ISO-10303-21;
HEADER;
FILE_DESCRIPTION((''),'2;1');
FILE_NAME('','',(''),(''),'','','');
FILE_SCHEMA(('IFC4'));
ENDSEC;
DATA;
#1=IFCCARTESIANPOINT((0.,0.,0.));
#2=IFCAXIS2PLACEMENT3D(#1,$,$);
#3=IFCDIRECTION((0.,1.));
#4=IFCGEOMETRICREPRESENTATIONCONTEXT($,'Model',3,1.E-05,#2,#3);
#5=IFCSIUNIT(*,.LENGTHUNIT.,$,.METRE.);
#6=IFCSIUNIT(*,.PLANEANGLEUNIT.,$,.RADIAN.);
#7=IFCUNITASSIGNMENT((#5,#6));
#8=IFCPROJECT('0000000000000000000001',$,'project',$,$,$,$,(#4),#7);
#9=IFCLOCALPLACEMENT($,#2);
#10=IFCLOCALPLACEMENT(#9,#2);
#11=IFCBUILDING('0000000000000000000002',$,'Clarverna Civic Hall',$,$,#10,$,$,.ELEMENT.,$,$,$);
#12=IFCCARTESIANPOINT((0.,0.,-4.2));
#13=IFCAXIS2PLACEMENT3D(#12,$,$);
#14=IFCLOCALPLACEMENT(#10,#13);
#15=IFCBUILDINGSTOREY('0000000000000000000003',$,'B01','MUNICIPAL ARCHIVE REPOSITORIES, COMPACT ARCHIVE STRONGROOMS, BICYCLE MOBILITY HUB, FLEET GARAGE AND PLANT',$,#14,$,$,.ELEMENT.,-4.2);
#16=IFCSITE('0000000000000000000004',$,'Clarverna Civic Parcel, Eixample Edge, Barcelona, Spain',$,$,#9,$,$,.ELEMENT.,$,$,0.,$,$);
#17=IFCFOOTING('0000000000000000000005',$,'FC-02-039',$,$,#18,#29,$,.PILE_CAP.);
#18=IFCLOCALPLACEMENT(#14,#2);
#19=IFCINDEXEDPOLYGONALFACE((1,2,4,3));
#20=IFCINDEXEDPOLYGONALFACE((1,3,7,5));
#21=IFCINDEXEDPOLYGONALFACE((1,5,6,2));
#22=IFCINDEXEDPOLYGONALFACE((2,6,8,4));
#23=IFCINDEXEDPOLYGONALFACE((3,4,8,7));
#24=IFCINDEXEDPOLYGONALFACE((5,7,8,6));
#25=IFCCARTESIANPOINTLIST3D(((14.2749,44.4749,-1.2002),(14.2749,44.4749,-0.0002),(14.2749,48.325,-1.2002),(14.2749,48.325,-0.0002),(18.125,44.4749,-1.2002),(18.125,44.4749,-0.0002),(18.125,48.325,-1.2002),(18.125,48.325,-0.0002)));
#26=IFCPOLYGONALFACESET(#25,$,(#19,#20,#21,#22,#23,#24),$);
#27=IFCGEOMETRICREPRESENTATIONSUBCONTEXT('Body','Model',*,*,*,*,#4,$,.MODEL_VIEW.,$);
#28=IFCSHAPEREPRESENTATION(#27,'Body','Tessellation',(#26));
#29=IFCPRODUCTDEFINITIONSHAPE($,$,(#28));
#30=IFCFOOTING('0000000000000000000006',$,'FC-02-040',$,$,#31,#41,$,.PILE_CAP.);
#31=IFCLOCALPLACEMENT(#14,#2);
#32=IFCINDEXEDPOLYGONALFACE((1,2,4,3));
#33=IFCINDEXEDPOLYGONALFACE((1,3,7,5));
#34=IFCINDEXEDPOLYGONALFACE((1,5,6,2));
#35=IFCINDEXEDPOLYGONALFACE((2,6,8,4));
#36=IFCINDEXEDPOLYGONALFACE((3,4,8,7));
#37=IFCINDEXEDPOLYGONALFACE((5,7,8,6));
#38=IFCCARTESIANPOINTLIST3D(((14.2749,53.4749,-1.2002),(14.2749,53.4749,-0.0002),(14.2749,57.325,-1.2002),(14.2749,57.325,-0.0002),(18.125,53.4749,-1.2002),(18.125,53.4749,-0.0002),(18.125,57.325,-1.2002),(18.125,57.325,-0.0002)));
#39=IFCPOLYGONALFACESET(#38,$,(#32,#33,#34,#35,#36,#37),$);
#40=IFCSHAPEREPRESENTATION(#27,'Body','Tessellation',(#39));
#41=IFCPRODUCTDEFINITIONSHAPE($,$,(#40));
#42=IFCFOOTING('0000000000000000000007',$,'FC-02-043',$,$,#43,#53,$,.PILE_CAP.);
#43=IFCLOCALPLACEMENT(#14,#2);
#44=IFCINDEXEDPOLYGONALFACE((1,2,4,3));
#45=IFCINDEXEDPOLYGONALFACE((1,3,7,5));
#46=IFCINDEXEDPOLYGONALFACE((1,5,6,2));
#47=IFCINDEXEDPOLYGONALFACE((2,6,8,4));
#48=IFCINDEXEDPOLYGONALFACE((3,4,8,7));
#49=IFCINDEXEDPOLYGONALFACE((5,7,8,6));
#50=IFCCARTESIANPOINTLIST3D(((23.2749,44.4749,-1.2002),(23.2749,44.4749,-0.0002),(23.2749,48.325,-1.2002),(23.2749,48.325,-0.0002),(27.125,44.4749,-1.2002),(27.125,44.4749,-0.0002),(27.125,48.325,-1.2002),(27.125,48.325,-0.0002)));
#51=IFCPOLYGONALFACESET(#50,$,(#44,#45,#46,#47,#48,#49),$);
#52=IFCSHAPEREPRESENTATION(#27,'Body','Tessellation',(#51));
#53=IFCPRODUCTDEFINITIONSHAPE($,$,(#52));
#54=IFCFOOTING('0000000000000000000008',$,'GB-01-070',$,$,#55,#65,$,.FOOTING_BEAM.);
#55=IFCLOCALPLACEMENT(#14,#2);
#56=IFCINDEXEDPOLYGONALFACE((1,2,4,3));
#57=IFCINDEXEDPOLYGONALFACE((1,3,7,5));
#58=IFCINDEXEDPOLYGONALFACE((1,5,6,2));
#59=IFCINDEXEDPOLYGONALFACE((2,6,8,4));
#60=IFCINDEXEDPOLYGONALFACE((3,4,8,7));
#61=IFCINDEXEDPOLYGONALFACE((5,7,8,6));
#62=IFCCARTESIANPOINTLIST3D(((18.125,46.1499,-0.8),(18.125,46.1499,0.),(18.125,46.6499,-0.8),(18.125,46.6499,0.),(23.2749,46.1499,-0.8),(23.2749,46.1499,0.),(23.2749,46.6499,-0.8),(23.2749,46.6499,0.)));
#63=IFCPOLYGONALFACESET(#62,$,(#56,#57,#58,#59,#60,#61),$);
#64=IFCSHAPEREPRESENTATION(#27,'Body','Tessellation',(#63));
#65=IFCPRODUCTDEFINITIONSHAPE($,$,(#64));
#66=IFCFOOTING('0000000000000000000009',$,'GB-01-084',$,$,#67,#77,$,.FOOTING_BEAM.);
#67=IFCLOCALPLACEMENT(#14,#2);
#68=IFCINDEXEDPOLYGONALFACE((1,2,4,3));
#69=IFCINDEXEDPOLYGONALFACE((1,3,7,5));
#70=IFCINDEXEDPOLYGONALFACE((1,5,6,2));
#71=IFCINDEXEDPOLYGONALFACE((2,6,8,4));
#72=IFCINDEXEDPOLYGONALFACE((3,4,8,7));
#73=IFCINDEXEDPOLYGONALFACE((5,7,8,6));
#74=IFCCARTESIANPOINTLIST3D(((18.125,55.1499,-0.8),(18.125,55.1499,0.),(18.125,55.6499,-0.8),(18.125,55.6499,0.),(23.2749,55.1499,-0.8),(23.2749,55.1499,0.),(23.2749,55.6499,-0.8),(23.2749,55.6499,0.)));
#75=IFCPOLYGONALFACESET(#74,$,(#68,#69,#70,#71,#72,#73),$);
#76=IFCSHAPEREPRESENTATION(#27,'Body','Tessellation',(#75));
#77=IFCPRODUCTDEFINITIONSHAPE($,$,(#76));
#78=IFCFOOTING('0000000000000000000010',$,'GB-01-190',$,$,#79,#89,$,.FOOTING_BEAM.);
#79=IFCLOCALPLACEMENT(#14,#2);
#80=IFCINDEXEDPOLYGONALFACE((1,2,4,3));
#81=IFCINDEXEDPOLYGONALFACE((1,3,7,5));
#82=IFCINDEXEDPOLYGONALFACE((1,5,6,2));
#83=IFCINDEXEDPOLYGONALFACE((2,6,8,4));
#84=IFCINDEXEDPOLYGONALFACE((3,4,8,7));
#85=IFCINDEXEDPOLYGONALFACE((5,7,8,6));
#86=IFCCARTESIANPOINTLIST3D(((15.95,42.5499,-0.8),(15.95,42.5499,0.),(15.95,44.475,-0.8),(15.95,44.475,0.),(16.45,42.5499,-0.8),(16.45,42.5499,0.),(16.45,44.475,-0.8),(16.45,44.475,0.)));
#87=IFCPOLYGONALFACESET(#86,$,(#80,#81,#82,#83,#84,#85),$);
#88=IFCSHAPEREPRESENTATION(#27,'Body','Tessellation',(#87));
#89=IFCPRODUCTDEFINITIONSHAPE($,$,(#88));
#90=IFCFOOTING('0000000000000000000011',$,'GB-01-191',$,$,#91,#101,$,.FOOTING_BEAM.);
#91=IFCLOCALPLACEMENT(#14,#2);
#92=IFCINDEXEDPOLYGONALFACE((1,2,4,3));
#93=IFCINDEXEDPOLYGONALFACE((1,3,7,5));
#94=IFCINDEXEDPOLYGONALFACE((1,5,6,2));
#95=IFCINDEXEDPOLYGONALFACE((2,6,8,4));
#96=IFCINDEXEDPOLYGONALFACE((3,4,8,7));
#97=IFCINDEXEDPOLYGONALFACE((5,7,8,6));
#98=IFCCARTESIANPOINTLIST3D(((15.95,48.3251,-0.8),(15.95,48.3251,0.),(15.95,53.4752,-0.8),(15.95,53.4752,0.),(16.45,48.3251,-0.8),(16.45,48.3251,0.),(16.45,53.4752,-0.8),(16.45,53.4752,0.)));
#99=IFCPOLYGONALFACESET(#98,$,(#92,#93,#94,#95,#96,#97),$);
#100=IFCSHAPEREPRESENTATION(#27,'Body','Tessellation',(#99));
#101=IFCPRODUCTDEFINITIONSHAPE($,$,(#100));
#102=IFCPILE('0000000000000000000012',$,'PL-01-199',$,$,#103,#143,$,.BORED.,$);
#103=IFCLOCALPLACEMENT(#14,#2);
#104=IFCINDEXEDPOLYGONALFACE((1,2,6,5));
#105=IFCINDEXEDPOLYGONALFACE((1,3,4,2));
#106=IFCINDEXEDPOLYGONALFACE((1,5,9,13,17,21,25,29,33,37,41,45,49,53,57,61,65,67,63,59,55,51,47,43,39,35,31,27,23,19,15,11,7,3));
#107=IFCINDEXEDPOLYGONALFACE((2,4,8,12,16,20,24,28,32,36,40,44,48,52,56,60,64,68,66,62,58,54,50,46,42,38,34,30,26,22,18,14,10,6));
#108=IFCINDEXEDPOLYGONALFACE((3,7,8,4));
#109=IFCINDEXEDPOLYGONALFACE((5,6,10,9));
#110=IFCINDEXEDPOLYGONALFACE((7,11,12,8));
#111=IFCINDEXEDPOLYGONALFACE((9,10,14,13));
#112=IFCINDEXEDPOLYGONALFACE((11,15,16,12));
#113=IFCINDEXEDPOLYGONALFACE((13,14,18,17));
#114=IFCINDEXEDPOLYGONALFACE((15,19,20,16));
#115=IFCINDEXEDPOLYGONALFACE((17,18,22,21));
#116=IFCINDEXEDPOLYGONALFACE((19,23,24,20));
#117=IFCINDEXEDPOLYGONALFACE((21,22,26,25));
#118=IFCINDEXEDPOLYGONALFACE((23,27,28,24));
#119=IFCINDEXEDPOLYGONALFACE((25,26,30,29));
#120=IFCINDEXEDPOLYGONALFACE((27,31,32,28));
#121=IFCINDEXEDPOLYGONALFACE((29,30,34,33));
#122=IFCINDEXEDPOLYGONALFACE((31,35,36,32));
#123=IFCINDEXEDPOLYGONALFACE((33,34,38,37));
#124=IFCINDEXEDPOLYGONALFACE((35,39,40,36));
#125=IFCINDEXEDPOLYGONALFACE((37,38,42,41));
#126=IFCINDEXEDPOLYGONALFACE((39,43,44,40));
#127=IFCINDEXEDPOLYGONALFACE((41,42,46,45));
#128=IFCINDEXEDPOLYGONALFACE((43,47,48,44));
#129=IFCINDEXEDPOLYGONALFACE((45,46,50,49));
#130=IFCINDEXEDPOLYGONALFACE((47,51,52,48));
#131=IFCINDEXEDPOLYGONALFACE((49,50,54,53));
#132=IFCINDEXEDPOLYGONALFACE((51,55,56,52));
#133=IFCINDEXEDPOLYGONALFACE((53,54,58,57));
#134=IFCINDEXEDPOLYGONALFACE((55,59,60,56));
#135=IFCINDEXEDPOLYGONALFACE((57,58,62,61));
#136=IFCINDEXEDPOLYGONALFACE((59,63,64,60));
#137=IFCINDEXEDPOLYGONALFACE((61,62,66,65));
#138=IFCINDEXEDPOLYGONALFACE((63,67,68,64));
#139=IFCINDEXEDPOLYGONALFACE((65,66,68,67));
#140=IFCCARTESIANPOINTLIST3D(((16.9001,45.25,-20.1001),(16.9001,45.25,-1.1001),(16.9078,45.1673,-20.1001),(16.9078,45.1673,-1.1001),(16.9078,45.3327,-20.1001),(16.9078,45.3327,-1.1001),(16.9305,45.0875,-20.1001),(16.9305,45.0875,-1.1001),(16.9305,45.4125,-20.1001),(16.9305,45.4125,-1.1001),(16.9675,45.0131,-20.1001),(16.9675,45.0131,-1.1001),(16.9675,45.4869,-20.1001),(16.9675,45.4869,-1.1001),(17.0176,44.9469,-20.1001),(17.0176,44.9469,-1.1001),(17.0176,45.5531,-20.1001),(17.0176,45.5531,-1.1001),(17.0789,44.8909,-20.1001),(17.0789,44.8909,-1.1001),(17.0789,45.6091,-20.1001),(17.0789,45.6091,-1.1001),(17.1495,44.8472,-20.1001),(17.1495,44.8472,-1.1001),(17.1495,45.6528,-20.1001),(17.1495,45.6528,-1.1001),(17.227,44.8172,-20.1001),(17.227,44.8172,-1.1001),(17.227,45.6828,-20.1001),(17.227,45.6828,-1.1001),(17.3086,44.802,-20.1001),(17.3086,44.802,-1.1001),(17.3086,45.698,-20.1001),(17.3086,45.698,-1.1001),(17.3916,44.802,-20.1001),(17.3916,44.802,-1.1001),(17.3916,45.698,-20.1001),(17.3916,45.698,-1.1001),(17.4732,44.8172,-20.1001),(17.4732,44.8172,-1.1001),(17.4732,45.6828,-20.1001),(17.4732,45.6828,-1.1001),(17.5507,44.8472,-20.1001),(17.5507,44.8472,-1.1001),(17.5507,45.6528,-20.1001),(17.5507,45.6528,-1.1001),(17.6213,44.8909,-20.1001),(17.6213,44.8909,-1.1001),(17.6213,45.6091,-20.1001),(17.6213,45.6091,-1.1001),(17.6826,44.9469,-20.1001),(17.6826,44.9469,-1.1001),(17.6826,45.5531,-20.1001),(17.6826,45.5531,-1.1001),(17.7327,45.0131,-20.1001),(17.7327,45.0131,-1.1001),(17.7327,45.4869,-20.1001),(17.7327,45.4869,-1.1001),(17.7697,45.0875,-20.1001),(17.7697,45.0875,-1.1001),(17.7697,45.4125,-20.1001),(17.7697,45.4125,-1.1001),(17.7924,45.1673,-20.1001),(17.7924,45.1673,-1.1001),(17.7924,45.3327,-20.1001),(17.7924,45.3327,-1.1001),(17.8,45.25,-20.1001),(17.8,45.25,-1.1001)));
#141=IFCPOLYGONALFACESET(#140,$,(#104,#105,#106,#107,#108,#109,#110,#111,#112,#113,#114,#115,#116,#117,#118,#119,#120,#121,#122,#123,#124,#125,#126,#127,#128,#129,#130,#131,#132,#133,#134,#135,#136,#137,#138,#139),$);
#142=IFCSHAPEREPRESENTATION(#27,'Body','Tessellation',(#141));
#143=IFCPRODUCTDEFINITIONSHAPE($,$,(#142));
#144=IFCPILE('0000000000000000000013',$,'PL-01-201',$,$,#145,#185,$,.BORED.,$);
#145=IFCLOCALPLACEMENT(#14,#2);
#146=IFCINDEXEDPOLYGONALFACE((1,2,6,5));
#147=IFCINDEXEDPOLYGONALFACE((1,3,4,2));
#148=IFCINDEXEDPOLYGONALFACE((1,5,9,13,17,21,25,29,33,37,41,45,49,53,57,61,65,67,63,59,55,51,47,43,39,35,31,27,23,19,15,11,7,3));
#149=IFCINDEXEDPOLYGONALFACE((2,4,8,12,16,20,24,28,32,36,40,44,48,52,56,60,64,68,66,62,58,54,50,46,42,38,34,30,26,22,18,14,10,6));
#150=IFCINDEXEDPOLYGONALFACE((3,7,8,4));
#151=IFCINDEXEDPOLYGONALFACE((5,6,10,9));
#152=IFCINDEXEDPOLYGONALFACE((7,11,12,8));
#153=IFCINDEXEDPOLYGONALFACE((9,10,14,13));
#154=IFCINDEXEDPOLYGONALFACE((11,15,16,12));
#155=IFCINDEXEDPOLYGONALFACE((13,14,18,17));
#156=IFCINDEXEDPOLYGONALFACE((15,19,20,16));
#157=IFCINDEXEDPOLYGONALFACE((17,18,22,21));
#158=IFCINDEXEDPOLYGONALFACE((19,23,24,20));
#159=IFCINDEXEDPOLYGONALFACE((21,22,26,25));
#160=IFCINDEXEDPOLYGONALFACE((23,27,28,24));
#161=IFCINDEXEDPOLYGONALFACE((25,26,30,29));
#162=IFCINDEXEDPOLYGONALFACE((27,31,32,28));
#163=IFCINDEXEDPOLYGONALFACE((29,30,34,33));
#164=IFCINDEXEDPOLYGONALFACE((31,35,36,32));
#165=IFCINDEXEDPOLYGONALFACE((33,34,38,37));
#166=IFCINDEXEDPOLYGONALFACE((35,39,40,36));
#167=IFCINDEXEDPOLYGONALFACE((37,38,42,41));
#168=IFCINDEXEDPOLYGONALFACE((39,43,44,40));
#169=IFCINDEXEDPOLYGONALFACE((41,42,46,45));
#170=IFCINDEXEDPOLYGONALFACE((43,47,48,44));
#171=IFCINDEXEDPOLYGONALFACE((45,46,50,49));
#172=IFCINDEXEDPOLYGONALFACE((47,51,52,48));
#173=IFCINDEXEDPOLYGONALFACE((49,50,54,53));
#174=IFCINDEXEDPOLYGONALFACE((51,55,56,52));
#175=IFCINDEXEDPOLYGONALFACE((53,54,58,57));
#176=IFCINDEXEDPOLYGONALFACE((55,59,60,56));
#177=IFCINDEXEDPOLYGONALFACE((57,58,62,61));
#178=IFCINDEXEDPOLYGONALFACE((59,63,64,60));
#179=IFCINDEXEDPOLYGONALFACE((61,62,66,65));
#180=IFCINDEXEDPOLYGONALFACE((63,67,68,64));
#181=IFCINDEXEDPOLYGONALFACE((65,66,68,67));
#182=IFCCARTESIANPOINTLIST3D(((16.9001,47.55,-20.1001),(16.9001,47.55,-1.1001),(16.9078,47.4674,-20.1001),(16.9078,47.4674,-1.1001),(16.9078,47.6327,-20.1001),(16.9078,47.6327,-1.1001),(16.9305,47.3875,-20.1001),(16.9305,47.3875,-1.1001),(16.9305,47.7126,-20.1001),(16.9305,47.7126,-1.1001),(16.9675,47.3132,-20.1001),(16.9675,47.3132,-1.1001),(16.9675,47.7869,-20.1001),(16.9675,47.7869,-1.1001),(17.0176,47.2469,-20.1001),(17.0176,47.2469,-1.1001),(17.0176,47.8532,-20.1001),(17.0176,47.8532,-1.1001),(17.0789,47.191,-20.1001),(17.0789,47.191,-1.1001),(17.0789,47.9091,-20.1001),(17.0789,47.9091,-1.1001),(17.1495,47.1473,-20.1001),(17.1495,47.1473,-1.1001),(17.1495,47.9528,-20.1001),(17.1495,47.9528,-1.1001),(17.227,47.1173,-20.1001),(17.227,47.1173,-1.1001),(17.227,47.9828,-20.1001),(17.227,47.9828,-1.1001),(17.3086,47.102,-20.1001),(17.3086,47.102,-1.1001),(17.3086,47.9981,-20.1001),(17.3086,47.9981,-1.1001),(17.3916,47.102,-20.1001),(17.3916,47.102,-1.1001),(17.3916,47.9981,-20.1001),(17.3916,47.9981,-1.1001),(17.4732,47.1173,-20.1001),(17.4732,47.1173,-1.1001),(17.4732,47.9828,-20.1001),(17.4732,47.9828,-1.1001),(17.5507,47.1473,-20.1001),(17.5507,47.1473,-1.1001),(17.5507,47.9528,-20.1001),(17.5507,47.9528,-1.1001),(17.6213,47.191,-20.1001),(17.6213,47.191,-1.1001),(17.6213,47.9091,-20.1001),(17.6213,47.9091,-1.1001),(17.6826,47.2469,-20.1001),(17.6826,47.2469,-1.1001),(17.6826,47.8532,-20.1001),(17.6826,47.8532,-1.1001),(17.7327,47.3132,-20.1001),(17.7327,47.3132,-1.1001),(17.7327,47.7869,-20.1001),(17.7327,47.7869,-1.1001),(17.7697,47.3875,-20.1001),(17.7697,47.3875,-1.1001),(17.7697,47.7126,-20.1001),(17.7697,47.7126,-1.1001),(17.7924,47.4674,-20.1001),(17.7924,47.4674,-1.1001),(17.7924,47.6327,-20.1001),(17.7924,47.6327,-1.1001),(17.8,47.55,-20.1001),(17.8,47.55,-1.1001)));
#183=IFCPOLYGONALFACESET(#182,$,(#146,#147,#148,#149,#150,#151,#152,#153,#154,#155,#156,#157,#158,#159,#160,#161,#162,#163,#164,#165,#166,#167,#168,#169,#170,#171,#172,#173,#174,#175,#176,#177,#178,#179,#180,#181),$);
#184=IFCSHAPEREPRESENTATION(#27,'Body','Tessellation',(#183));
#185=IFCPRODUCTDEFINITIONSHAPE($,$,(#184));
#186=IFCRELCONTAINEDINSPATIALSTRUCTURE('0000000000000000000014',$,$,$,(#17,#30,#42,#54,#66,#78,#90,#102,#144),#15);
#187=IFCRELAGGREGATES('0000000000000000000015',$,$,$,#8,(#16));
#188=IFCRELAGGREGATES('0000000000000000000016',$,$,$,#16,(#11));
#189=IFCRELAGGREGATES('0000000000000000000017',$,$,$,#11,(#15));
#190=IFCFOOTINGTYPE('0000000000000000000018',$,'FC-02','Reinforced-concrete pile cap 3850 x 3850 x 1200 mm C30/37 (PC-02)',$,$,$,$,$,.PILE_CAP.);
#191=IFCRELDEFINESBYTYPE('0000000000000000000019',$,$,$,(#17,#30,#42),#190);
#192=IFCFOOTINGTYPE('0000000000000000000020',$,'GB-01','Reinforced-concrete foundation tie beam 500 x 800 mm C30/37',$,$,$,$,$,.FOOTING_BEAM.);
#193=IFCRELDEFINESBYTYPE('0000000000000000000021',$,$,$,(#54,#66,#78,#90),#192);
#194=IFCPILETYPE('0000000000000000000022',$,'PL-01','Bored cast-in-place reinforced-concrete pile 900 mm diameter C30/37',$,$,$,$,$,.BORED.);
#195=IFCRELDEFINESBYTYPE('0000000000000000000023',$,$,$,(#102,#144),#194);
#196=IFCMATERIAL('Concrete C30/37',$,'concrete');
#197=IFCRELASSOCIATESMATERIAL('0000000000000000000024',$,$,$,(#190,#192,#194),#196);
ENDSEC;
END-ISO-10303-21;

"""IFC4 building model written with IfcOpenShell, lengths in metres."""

from ifc_helpers import new_model, si_unit, direction, frame, frame_2d, origin, origin_2d, place, context, subcontext, project, spatial, rectangle, circle, extrude, material, material_profile, profile_set, type_object, element, save


model = new_model("IFC4")

# Units and contexts
model_context = context("Model", 3, precision=1e-05, world=origin(), true_north=direction((0.0, 1.0)))
body_context = subcontext(model_context, "Body", "Model", "MODEL_VIEW")
ifc_project = project(units=[si_unit("LENGTHUNIT", "METRE"), si_unit("PLANEANGLEUNIT", "RADIAN")], contexts=[model_context])

# Site, building, storey
site_placement = place(None, origin())
site = spatial("IfcSite", under=ifc_project, at=site_placement, Name="Clarverna Civic Parcel, Eixample Edge, Barcelona, Spain", CompositionType="ELEMENT", RefElevation=0.0)
building_placement = place(site_placement, origin())
building = spatial("IfcBuilding", under=site, at=building_placement, Name="Clarverna Civic Hall", CompositionType="ELEMENT")
storey_placement = place(building_placement, frame((0.0, 0.0, -4.2)))
storey = spatial("IfcBuildingStorey", under=building, at=storey_placement, Name="B01", Description="MUNICIPAL ARCHIVE REPOSITORIES, COMPACT ARCHIVE STRONGROOMS, BICYCLE MOBILITY HUB, FLEET GARAGE AND PLANT", CompositionType="ELEMENT", Elevation=-4.2)

# Footings
ifc_material_1 = material(Name="Concrete C30/37", Category="concrete")
footing_type_1 = type_object("IfcFootingType", Name="FC-02", Description="Reinforced-concrete pile cap 3850 x 3850 x 1200 mm C30/37 (PC-02)", PredefinedType="PILE_CAP", material=ifc_material_1)
for number, where, z_axis, x_axis, name in (
    (1, (16.2, 46.3999, -1.2002), (0.0, 0.0, 1.0), (1.0, 0.0, 0.0), "FC-02-039"),
    (2, (16.2, 55.3999, -1.2002), (0.0, 0.0, 1.0), (1.0, 0.0, 0.0), "FC-02-040"),
    (3, (25.2, 46.3999, -1.2002), (0.0, 0.0, 1.0), (1.0, 0.0, 0.0), "FC-02-043"),
):
    element("IfcFooting", number, at=place(storey_placement, frame(where, z_axis=z_axis, x_axis=x_axis)), inside=storey, type_object=footing_type_1, Name=name, PredefinedType="PILE_CAP", context=body_context, shape_type="SweptSolid", body=[
        extrude(rectangle(XDim=3.8501, YDim=3.8501, at=origin_2d()), origin(), (0.0, 0.0, 1.0), 1.2),
    ])
footing_type_2 = type_object("IfcFootingType", Name="GB-01", Description="Reinforced-concrete foundation tie beam 500 x 800 mm C30/37", PredefinedType="FOOTING_BEAM", material=ifc_material_1)
for number, where, z_axis, x_axis, name in (
    (4, (18.125, 46.3999, -0.8), (0.0, 0.0, 1.0), (1.0, 0.0, 0.0), "GB-01-070"),
    (5, (18.125, 55.3999, -0.8), (0.0, 0.0, 1.0), (1.0, 0.0, 0.0), "GB-01-084"),
):
    element("IfcFooting", number, at=place(storey_placement, frame(where, z_axis=z_axis, x_axis=x_axis)), inside=storey, type_object=footing_type_2, Name=name, PredefinedType="FOOTING_BEAM", context=body_context, shape_type="SweptSolid", body=[
        extrude(rectangle(XDim=5.1499, YDim=0.5, at=frame_2d((2.575, 0.0))), origin(), (0.0, 0.0, 1.0), 0.8),
    ])
footing_1_placement = place(storey_placement, frame((16.2, 42.55, -0.8), z_axis=(0.0, 0.0, 1.0), x_axis=(0.0, 1.0, 0.0)))
element("IfcFooting", 6, at=footing_1_placement, inside=storey, type_object=footing_type_2, Name="GB-01-190", PredefinedType="FOOTING_BEAM", context=body_context, shape_type="SweptSolid", body=[
    extrude(rectangle(XDim=1.925, YDim=0.5, at=frame_2d((0.9624, 0.0))), origin(), (0.0, 0.0, 1.0), 0.8),
])
footing_2_placement = place(storey_placement, frame((16.2, 48.325, -0.8), z_axis=(0.0, 0.0, 1.0), x_axis=(0.0, 1.0, 0.0)))
element("IfcFooting", 7, at=footing_2_placement, inside=storey, type_object=footing_type_2, Name="GB-01-191", PredefinedType="FOOTING_BEAM", context=body_context, shape_type="SweptSolid", body=[
    extrude(rectangle(XDim=5.1501, YDim=0.5, at=frame_2d((2.5752, 0.0))), origin(), (0.0, 0.0, 1.0), 0.8),
])

# Piles
ifc_material_profile_1 = material_profile(ifc_material_1, circle(Radius=0.45, at=origin_2d()), Name="BORED PILE D900")
ifc_profile_set_1 = profile_set([ifc_material_profile_1], Name="Concrete C30/37")
pile_type_1 = type_object("IfcPileType", Name="PL-01", Description="Bored cast-in-place reinforced-concrete pile 900 mm diameter C30/37", PredefinedType="BORED", material=ifc_profile_set_1)
for number, where, z_axis, x_axis, name in (
    (8, (17.3501, 45.25, -1.1001), (0.0, 0.0, -1.0), (1.0, 0.0, 0.0), "PL-01-199"),
    (9, (17.3501, 47.55, -1.1001), (0.0, 0.0, -1.0), (1.0, 0.0, 0.0), "PL-01-201"),
):
    element("IfcPile", number, at=place(storey_placement, frame(where, z_axis=z_axis, x_axis=x_axis)), inside=storey, type_object=pile_type_1, Name=name, PredefinedType="BORED", context=body_context, shape_type="SweptSolid", body=[
        extrude(circle(Radius=0.45, at=origin_2d()), origin(), (0.0, 0.0, 1.0), 19.0),
    ])

save(model, "model.ifc")
